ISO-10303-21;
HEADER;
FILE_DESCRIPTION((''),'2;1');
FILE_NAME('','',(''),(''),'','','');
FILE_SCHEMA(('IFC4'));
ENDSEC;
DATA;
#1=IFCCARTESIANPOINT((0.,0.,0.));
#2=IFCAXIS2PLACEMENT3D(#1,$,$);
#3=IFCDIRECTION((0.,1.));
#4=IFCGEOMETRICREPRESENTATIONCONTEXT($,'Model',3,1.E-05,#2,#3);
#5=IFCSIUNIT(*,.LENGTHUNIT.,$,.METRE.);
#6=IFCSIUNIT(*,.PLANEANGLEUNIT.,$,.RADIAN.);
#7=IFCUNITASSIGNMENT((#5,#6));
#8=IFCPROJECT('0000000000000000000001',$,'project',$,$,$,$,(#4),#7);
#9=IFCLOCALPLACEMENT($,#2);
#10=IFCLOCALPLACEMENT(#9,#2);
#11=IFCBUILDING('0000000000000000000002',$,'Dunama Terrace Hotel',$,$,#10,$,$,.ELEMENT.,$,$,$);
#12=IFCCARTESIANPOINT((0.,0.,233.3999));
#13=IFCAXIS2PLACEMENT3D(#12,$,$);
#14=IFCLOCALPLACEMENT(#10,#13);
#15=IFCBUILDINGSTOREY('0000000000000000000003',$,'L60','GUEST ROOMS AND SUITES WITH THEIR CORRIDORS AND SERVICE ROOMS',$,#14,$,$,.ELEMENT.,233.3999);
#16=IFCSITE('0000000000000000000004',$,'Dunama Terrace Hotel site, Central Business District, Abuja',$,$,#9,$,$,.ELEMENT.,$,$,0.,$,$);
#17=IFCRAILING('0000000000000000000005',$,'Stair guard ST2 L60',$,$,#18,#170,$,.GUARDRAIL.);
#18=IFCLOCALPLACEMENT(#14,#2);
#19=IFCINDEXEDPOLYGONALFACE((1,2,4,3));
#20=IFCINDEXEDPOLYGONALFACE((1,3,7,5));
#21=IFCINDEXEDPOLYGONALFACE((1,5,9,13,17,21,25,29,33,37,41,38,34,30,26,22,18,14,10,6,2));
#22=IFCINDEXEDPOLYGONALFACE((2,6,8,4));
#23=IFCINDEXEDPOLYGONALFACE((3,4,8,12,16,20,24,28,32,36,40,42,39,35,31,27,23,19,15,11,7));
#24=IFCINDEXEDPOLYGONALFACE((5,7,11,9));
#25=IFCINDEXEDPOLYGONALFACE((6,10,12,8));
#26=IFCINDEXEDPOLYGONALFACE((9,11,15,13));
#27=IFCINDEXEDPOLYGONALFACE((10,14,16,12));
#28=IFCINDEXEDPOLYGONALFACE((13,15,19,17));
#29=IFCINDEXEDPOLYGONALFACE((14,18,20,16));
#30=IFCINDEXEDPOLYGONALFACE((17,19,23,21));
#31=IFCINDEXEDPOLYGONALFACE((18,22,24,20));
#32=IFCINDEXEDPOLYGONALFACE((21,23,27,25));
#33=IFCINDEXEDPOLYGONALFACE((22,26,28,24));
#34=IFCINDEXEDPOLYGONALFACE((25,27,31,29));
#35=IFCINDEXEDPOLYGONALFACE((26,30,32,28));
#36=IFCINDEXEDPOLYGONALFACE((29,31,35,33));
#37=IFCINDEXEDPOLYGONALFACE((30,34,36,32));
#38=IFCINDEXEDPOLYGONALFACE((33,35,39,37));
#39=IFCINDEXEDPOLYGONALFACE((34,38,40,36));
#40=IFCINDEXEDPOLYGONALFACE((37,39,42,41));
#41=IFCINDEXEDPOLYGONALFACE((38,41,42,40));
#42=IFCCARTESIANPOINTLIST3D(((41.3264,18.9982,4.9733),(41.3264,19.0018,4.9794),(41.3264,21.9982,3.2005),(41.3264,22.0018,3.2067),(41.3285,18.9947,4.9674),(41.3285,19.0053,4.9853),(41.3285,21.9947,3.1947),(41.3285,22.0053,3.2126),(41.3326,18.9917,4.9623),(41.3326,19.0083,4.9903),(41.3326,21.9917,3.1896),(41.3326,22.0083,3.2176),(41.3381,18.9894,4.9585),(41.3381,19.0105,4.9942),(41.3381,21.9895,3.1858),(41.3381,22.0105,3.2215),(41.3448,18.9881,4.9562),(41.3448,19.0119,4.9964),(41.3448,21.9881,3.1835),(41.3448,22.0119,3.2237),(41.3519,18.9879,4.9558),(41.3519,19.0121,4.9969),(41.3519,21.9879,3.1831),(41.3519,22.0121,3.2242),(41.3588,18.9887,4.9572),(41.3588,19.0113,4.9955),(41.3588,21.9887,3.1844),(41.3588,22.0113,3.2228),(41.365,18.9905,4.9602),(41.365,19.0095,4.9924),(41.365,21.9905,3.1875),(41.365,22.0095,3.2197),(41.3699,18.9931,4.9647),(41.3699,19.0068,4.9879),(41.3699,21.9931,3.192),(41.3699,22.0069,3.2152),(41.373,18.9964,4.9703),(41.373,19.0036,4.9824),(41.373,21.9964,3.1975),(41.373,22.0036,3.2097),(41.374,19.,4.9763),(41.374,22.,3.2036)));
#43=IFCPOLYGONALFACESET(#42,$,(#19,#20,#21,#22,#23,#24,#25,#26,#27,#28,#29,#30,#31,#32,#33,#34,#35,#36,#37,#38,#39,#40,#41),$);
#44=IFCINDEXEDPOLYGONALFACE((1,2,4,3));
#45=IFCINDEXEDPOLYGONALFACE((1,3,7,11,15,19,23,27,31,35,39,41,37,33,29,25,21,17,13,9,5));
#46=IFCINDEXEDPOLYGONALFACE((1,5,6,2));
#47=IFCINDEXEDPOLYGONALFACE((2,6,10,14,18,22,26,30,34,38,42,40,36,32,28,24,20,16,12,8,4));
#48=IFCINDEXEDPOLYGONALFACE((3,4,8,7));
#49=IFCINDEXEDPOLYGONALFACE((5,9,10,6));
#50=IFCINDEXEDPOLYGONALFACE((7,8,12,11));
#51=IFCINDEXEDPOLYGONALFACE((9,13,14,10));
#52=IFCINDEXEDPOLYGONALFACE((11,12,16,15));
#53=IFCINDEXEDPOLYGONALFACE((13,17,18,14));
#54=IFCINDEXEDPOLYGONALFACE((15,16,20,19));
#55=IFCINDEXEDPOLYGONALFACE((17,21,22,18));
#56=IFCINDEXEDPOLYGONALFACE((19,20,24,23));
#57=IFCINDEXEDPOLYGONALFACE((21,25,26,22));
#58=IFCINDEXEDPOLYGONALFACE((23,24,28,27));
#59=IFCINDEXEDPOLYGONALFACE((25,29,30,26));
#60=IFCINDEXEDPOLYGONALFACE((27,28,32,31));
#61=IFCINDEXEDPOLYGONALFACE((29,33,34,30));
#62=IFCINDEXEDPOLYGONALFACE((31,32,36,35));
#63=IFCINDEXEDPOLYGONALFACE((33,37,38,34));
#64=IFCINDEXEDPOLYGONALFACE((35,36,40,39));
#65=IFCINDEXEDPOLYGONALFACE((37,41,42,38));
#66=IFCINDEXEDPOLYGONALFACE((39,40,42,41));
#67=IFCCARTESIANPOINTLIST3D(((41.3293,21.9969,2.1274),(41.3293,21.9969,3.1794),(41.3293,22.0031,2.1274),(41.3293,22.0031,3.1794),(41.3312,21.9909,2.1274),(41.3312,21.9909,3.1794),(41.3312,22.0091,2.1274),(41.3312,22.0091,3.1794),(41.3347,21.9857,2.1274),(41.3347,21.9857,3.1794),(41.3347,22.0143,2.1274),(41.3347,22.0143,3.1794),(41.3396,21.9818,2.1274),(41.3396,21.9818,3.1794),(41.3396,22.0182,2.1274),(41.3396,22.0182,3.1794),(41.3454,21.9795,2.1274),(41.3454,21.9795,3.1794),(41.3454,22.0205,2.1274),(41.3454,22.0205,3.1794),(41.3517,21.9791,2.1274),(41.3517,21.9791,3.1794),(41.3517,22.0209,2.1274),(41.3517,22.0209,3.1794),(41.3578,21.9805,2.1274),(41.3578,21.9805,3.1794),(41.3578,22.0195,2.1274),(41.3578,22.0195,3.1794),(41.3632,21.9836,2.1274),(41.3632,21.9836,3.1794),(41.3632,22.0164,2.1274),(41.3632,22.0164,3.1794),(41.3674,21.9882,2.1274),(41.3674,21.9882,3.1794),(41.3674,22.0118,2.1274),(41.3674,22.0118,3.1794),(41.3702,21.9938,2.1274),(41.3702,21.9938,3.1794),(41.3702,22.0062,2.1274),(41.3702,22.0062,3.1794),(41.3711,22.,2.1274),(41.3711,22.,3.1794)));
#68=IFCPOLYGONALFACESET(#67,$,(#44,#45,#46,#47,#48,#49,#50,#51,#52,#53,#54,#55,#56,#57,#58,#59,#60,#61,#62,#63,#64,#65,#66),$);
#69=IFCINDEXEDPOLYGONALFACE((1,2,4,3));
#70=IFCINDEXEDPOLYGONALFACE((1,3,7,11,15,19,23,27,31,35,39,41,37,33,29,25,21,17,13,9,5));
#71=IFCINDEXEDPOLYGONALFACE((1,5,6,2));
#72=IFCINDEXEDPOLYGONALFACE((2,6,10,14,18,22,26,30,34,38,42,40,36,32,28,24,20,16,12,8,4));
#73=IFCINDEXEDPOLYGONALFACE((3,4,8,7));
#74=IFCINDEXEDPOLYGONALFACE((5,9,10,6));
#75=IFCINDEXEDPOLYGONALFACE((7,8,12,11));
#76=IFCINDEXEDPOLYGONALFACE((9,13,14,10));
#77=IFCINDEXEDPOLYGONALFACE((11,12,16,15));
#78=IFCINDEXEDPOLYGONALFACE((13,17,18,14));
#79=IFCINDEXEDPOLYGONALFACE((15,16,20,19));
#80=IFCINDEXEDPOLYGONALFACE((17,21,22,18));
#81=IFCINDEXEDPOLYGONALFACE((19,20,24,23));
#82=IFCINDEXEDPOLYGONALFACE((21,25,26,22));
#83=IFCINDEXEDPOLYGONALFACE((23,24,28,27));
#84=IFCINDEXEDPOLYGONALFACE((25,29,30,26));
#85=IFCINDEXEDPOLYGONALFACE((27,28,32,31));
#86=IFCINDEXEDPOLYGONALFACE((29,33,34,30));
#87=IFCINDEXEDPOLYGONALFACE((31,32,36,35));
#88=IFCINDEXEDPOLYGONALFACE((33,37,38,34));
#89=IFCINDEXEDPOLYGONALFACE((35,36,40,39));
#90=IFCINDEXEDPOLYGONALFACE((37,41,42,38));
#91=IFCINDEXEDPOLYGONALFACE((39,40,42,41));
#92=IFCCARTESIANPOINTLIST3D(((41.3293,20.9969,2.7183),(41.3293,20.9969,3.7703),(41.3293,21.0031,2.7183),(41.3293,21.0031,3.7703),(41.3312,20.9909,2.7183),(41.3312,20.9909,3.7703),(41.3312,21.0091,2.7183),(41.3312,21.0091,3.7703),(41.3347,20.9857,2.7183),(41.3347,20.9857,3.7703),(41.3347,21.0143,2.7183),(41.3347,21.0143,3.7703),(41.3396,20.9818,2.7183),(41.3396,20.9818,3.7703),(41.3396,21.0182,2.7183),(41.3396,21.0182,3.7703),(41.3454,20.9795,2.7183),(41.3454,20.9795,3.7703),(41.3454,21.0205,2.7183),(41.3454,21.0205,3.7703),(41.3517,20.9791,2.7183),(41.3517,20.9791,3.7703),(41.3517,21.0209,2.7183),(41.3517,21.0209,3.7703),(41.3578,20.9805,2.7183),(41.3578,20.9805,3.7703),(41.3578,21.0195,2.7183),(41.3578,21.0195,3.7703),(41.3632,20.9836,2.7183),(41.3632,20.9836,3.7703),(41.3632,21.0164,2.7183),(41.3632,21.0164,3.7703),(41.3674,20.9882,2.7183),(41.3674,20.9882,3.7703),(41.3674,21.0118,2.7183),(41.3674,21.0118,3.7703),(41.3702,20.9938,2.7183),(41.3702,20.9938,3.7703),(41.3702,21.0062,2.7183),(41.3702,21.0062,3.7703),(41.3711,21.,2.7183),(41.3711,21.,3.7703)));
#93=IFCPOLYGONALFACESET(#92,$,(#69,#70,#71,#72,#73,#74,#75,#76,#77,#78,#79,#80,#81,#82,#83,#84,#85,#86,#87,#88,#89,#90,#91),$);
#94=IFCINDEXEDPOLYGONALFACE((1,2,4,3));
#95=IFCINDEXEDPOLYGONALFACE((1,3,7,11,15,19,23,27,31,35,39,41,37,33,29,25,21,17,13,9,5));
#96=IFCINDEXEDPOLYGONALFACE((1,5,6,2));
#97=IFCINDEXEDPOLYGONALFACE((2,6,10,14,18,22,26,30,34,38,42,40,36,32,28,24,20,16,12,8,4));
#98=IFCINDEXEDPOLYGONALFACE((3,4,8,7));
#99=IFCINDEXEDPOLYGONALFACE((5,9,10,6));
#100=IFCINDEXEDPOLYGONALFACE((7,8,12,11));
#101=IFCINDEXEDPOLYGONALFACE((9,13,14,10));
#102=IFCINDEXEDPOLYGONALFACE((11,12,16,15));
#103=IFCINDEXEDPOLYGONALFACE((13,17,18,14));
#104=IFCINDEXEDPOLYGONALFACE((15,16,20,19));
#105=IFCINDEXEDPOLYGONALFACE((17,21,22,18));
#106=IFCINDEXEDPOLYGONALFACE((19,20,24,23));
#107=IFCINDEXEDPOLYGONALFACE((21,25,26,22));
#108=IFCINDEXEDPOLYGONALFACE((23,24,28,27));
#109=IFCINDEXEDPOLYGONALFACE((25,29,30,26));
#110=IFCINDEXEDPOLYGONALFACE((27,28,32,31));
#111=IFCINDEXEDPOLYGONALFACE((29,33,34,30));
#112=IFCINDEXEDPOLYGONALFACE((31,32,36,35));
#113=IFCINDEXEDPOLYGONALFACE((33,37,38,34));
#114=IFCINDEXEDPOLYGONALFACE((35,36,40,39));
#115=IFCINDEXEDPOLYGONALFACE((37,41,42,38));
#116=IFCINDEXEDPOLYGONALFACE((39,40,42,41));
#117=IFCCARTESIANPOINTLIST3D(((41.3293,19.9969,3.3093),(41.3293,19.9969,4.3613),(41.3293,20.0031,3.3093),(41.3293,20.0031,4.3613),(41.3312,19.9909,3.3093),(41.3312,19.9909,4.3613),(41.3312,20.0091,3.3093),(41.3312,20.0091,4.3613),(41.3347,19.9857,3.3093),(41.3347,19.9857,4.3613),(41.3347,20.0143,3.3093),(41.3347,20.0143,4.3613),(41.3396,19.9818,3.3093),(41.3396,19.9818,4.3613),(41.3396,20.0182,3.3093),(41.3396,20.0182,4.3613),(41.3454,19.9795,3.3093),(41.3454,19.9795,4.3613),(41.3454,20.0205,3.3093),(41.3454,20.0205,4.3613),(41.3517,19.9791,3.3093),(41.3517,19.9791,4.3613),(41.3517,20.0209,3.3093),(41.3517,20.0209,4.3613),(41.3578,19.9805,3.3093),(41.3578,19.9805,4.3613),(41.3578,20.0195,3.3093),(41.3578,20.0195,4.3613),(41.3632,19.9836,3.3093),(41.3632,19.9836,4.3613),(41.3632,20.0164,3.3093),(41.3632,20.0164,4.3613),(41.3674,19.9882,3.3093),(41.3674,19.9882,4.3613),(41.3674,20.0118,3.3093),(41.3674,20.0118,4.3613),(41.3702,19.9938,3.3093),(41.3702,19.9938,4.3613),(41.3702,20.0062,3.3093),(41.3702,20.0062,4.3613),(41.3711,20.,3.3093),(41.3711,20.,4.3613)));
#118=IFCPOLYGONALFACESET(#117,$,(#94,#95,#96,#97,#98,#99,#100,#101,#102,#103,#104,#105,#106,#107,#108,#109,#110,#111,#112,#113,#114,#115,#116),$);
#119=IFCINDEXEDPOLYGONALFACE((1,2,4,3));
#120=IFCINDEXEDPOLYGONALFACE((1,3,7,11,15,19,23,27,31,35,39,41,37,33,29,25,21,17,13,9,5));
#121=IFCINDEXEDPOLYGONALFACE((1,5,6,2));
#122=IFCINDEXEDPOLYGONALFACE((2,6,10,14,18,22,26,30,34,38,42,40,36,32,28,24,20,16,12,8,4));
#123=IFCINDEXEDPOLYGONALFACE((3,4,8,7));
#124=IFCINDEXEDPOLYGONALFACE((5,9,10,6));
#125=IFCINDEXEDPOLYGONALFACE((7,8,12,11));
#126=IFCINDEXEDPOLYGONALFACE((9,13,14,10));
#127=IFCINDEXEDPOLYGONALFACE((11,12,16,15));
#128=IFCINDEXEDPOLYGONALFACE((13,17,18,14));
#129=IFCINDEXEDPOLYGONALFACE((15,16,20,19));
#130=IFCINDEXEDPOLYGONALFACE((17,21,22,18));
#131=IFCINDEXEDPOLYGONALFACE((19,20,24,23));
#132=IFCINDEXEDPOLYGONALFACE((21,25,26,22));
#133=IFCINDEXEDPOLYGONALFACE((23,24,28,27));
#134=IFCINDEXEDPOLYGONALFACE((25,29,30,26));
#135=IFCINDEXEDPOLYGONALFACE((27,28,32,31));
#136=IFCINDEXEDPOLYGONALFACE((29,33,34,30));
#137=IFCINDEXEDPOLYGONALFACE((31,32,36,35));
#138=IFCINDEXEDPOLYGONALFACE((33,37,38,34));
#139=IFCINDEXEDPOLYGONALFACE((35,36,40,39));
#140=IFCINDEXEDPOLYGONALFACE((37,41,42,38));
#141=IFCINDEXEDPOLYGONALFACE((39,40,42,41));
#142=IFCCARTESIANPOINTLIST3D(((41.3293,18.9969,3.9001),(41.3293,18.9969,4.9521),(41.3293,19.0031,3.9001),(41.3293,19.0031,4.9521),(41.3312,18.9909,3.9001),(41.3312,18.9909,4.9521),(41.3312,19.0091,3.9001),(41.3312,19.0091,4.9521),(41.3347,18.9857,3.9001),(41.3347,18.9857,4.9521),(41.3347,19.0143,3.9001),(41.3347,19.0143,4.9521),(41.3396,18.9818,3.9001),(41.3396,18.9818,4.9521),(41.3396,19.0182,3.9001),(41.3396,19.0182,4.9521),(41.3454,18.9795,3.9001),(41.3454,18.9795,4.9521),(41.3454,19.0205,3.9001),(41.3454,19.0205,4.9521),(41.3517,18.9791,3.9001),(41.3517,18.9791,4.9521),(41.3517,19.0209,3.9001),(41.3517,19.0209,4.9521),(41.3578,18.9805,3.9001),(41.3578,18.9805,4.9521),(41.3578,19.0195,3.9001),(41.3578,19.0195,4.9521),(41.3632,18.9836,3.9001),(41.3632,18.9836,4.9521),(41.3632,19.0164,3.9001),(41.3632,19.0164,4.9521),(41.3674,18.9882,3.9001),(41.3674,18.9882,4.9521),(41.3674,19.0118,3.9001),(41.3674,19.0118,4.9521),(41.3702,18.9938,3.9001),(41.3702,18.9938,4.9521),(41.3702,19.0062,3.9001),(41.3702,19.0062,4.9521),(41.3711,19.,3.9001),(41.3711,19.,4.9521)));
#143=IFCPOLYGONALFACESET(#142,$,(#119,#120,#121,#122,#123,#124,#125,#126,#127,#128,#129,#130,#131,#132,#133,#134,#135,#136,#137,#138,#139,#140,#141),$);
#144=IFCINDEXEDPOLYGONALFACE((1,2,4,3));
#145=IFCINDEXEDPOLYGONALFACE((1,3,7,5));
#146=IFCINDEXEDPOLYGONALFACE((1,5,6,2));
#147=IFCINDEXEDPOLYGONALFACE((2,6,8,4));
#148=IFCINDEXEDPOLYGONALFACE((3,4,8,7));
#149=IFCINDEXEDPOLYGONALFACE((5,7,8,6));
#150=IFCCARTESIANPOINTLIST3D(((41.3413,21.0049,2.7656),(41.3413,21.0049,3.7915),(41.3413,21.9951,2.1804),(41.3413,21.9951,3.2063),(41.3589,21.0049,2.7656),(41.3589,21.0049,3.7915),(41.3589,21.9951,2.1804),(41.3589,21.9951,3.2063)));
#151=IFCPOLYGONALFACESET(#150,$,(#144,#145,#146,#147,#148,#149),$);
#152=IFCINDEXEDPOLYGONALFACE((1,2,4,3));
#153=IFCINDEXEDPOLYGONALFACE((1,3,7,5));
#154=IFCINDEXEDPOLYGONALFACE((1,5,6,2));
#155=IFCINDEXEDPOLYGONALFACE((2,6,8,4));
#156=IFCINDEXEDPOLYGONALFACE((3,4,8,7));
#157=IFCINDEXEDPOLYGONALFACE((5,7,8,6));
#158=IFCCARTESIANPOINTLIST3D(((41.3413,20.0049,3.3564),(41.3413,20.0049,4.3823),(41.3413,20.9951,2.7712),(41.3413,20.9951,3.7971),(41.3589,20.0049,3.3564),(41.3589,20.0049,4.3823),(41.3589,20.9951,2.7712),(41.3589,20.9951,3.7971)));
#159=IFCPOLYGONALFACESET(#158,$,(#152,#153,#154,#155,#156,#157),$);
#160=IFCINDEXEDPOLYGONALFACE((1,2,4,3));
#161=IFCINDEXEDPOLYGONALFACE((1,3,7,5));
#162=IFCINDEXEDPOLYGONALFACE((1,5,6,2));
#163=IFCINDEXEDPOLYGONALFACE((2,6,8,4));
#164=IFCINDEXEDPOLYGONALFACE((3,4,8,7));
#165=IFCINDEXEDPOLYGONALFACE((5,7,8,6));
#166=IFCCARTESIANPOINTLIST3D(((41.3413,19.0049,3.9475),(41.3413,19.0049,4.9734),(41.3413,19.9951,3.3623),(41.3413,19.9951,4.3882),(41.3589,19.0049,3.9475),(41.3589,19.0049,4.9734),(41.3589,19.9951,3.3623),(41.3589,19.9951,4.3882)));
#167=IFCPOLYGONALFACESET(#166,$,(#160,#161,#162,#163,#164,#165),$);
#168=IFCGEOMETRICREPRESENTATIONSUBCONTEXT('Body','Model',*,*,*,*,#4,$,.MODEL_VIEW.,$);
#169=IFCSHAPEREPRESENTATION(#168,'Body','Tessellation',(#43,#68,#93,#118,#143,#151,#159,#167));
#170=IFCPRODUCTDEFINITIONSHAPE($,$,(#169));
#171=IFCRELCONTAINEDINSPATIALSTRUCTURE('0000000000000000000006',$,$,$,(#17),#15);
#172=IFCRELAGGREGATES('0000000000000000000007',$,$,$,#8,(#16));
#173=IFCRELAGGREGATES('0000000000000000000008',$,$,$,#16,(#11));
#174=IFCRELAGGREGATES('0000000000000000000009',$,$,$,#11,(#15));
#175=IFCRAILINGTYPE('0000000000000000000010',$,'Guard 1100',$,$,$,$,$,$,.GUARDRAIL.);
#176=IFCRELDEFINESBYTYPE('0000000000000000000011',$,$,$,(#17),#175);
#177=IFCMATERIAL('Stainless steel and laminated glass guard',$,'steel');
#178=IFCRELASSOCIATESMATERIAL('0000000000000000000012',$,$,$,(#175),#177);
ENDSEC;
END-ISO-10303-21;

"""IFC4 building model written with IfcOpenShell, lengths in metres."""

from ifc_helpers import new_model, si_unit, direction, frame, origin, origin_2d, place, context, subcontext, project, spatial, polyline, circle, outline, extrude, material, type_object, element, save


model = new_model("IFC4")

# Units and contexts
model_context = context("Model", 3, precision=1e-05, world=origin(), true_north=direction((0.0, 1.0)))
body_context = subcontext(model_context, "Body", "Model", "MODEL_VIEW")
ifc_project = project(units=[si_unit("LENGTHUNIT", "METRE"), si_unit("PLANEANGLEUNIT", "RADIAN")], contexts=[model_context])

# Site, building, storey
site_placement = place(None, origin())
site = spatial("IfcSite", under=ifc_project, at=site_placement, Name="Dunama Terrace Hotel site, Central Business District, Abuja", CompositionType="ELEMENT", RefElevation=0.0)
building_placement = place(site_placement, origin())
building = spatial("IfcBuilding", under=site, at=building_placement, Name="Dunama Terrace Hotel", CompositionType="ELEMENT")
storey_placement = place(building_placement, frame((0.0, 0.0, 233.3999)))
storey = spatial("IfcBuildingStorey", under=building, at=storey_placement, Name="L60", Description="GUEST ROOMS AND SUITES WITH THEIR CORRIDORS AND SERVICE ROOMS", CompositionType="ELEMENT", Elevation=233.3999)

# Railing
ifc_material_1 = material(Name="Stainless steel and laminated glass guard", Category="steel")
railing_type_1 = type_object("IfcRailingType", Name="Guard 1100", PredefinedType="GUARDRAIL", material=ifc_material_1)
railing_1_placement = place(storey_placement, frame((41.3501, 22.0, 2.1274)))
element("IfcRailing", 1, at=railing_1_placement, inside=storey, type_object=railing_type_1, Name="Stair guard ST2 L60", PredefinedType="GUARDRAIL", context=body_context, shape_type="SweptSolid", body=[
    extrude(circle(Radius=0.0239, at=origin_2d()), frame((0.0, 0.0, 1.0762), z_axis=(0.0, -0.860929, 0.508725), x_axis=(1.0, 0.0, 0.0)), (0.0, 0.0, 1.0), 3.4846),
    extrude(circle(Radius=0.021, at=origin_2d()), origin(), (0.0, 0.0, 1.0), 1.052),
    extrude(circle(Radius=0.021, at=origin_2d()), frame((0.0, -1.0, 0.5908)), (0.0, 0.0, 1.0), 1.052),
    extrude(circle(Radius=0.021, at=origin_2d()), frame((0.0, -2.0, 1.1819)), (0.0, 0.0, 1.0), 1.052),
    extrude(circle(Radius=0.021, at=origin_2d()), frame((0.0, -3.0, 1.7727)), (0.0, 0.0, 1.0), 1.052),
    extrude(outline(polyline([(0.0049, 0.053), (0.9951, 0.6382), (0.9951, 1.6641), (0.0049, 1.0789), (0.0049, 0.053)])), frame((0.0088, 0.0, 0.0), z_axis=(-1.0, 0.0, 0.0), x_axis=(0.0, -1.0, 0.0)), (0.0, 0.0, 1.0), 0.0176),
    extrude(outline(polyline([(0.0049, 0.053), (0.9951, 0.6382), (0.9951, 1.6641), (0.0049, 1.0789), (0.0049, 0.053)])), frame((0.0088, -1.0, 0.5908), z_axis=(-1.0, 0.0, 0.0), x_axis=(0.0, -1.0, 0.0)), (0.0, 0.0, 1.0), 0.0176),
    extrude(outline(polyline([(0.0049, 0.053), (0.9951, 0.6382), (0.9951, 1.6641), (0.0049, 1.0789), (0.0049, 0.053)])), frame((0.0088, -2.0, 1.1819), z_axis=(-1.0, 0.0, 0.0), x_axis=(0.0, -1.0, 0.0)), (0.0, 0.0, 1.0), 0.0176),
])

save(model, "model.ifc")
